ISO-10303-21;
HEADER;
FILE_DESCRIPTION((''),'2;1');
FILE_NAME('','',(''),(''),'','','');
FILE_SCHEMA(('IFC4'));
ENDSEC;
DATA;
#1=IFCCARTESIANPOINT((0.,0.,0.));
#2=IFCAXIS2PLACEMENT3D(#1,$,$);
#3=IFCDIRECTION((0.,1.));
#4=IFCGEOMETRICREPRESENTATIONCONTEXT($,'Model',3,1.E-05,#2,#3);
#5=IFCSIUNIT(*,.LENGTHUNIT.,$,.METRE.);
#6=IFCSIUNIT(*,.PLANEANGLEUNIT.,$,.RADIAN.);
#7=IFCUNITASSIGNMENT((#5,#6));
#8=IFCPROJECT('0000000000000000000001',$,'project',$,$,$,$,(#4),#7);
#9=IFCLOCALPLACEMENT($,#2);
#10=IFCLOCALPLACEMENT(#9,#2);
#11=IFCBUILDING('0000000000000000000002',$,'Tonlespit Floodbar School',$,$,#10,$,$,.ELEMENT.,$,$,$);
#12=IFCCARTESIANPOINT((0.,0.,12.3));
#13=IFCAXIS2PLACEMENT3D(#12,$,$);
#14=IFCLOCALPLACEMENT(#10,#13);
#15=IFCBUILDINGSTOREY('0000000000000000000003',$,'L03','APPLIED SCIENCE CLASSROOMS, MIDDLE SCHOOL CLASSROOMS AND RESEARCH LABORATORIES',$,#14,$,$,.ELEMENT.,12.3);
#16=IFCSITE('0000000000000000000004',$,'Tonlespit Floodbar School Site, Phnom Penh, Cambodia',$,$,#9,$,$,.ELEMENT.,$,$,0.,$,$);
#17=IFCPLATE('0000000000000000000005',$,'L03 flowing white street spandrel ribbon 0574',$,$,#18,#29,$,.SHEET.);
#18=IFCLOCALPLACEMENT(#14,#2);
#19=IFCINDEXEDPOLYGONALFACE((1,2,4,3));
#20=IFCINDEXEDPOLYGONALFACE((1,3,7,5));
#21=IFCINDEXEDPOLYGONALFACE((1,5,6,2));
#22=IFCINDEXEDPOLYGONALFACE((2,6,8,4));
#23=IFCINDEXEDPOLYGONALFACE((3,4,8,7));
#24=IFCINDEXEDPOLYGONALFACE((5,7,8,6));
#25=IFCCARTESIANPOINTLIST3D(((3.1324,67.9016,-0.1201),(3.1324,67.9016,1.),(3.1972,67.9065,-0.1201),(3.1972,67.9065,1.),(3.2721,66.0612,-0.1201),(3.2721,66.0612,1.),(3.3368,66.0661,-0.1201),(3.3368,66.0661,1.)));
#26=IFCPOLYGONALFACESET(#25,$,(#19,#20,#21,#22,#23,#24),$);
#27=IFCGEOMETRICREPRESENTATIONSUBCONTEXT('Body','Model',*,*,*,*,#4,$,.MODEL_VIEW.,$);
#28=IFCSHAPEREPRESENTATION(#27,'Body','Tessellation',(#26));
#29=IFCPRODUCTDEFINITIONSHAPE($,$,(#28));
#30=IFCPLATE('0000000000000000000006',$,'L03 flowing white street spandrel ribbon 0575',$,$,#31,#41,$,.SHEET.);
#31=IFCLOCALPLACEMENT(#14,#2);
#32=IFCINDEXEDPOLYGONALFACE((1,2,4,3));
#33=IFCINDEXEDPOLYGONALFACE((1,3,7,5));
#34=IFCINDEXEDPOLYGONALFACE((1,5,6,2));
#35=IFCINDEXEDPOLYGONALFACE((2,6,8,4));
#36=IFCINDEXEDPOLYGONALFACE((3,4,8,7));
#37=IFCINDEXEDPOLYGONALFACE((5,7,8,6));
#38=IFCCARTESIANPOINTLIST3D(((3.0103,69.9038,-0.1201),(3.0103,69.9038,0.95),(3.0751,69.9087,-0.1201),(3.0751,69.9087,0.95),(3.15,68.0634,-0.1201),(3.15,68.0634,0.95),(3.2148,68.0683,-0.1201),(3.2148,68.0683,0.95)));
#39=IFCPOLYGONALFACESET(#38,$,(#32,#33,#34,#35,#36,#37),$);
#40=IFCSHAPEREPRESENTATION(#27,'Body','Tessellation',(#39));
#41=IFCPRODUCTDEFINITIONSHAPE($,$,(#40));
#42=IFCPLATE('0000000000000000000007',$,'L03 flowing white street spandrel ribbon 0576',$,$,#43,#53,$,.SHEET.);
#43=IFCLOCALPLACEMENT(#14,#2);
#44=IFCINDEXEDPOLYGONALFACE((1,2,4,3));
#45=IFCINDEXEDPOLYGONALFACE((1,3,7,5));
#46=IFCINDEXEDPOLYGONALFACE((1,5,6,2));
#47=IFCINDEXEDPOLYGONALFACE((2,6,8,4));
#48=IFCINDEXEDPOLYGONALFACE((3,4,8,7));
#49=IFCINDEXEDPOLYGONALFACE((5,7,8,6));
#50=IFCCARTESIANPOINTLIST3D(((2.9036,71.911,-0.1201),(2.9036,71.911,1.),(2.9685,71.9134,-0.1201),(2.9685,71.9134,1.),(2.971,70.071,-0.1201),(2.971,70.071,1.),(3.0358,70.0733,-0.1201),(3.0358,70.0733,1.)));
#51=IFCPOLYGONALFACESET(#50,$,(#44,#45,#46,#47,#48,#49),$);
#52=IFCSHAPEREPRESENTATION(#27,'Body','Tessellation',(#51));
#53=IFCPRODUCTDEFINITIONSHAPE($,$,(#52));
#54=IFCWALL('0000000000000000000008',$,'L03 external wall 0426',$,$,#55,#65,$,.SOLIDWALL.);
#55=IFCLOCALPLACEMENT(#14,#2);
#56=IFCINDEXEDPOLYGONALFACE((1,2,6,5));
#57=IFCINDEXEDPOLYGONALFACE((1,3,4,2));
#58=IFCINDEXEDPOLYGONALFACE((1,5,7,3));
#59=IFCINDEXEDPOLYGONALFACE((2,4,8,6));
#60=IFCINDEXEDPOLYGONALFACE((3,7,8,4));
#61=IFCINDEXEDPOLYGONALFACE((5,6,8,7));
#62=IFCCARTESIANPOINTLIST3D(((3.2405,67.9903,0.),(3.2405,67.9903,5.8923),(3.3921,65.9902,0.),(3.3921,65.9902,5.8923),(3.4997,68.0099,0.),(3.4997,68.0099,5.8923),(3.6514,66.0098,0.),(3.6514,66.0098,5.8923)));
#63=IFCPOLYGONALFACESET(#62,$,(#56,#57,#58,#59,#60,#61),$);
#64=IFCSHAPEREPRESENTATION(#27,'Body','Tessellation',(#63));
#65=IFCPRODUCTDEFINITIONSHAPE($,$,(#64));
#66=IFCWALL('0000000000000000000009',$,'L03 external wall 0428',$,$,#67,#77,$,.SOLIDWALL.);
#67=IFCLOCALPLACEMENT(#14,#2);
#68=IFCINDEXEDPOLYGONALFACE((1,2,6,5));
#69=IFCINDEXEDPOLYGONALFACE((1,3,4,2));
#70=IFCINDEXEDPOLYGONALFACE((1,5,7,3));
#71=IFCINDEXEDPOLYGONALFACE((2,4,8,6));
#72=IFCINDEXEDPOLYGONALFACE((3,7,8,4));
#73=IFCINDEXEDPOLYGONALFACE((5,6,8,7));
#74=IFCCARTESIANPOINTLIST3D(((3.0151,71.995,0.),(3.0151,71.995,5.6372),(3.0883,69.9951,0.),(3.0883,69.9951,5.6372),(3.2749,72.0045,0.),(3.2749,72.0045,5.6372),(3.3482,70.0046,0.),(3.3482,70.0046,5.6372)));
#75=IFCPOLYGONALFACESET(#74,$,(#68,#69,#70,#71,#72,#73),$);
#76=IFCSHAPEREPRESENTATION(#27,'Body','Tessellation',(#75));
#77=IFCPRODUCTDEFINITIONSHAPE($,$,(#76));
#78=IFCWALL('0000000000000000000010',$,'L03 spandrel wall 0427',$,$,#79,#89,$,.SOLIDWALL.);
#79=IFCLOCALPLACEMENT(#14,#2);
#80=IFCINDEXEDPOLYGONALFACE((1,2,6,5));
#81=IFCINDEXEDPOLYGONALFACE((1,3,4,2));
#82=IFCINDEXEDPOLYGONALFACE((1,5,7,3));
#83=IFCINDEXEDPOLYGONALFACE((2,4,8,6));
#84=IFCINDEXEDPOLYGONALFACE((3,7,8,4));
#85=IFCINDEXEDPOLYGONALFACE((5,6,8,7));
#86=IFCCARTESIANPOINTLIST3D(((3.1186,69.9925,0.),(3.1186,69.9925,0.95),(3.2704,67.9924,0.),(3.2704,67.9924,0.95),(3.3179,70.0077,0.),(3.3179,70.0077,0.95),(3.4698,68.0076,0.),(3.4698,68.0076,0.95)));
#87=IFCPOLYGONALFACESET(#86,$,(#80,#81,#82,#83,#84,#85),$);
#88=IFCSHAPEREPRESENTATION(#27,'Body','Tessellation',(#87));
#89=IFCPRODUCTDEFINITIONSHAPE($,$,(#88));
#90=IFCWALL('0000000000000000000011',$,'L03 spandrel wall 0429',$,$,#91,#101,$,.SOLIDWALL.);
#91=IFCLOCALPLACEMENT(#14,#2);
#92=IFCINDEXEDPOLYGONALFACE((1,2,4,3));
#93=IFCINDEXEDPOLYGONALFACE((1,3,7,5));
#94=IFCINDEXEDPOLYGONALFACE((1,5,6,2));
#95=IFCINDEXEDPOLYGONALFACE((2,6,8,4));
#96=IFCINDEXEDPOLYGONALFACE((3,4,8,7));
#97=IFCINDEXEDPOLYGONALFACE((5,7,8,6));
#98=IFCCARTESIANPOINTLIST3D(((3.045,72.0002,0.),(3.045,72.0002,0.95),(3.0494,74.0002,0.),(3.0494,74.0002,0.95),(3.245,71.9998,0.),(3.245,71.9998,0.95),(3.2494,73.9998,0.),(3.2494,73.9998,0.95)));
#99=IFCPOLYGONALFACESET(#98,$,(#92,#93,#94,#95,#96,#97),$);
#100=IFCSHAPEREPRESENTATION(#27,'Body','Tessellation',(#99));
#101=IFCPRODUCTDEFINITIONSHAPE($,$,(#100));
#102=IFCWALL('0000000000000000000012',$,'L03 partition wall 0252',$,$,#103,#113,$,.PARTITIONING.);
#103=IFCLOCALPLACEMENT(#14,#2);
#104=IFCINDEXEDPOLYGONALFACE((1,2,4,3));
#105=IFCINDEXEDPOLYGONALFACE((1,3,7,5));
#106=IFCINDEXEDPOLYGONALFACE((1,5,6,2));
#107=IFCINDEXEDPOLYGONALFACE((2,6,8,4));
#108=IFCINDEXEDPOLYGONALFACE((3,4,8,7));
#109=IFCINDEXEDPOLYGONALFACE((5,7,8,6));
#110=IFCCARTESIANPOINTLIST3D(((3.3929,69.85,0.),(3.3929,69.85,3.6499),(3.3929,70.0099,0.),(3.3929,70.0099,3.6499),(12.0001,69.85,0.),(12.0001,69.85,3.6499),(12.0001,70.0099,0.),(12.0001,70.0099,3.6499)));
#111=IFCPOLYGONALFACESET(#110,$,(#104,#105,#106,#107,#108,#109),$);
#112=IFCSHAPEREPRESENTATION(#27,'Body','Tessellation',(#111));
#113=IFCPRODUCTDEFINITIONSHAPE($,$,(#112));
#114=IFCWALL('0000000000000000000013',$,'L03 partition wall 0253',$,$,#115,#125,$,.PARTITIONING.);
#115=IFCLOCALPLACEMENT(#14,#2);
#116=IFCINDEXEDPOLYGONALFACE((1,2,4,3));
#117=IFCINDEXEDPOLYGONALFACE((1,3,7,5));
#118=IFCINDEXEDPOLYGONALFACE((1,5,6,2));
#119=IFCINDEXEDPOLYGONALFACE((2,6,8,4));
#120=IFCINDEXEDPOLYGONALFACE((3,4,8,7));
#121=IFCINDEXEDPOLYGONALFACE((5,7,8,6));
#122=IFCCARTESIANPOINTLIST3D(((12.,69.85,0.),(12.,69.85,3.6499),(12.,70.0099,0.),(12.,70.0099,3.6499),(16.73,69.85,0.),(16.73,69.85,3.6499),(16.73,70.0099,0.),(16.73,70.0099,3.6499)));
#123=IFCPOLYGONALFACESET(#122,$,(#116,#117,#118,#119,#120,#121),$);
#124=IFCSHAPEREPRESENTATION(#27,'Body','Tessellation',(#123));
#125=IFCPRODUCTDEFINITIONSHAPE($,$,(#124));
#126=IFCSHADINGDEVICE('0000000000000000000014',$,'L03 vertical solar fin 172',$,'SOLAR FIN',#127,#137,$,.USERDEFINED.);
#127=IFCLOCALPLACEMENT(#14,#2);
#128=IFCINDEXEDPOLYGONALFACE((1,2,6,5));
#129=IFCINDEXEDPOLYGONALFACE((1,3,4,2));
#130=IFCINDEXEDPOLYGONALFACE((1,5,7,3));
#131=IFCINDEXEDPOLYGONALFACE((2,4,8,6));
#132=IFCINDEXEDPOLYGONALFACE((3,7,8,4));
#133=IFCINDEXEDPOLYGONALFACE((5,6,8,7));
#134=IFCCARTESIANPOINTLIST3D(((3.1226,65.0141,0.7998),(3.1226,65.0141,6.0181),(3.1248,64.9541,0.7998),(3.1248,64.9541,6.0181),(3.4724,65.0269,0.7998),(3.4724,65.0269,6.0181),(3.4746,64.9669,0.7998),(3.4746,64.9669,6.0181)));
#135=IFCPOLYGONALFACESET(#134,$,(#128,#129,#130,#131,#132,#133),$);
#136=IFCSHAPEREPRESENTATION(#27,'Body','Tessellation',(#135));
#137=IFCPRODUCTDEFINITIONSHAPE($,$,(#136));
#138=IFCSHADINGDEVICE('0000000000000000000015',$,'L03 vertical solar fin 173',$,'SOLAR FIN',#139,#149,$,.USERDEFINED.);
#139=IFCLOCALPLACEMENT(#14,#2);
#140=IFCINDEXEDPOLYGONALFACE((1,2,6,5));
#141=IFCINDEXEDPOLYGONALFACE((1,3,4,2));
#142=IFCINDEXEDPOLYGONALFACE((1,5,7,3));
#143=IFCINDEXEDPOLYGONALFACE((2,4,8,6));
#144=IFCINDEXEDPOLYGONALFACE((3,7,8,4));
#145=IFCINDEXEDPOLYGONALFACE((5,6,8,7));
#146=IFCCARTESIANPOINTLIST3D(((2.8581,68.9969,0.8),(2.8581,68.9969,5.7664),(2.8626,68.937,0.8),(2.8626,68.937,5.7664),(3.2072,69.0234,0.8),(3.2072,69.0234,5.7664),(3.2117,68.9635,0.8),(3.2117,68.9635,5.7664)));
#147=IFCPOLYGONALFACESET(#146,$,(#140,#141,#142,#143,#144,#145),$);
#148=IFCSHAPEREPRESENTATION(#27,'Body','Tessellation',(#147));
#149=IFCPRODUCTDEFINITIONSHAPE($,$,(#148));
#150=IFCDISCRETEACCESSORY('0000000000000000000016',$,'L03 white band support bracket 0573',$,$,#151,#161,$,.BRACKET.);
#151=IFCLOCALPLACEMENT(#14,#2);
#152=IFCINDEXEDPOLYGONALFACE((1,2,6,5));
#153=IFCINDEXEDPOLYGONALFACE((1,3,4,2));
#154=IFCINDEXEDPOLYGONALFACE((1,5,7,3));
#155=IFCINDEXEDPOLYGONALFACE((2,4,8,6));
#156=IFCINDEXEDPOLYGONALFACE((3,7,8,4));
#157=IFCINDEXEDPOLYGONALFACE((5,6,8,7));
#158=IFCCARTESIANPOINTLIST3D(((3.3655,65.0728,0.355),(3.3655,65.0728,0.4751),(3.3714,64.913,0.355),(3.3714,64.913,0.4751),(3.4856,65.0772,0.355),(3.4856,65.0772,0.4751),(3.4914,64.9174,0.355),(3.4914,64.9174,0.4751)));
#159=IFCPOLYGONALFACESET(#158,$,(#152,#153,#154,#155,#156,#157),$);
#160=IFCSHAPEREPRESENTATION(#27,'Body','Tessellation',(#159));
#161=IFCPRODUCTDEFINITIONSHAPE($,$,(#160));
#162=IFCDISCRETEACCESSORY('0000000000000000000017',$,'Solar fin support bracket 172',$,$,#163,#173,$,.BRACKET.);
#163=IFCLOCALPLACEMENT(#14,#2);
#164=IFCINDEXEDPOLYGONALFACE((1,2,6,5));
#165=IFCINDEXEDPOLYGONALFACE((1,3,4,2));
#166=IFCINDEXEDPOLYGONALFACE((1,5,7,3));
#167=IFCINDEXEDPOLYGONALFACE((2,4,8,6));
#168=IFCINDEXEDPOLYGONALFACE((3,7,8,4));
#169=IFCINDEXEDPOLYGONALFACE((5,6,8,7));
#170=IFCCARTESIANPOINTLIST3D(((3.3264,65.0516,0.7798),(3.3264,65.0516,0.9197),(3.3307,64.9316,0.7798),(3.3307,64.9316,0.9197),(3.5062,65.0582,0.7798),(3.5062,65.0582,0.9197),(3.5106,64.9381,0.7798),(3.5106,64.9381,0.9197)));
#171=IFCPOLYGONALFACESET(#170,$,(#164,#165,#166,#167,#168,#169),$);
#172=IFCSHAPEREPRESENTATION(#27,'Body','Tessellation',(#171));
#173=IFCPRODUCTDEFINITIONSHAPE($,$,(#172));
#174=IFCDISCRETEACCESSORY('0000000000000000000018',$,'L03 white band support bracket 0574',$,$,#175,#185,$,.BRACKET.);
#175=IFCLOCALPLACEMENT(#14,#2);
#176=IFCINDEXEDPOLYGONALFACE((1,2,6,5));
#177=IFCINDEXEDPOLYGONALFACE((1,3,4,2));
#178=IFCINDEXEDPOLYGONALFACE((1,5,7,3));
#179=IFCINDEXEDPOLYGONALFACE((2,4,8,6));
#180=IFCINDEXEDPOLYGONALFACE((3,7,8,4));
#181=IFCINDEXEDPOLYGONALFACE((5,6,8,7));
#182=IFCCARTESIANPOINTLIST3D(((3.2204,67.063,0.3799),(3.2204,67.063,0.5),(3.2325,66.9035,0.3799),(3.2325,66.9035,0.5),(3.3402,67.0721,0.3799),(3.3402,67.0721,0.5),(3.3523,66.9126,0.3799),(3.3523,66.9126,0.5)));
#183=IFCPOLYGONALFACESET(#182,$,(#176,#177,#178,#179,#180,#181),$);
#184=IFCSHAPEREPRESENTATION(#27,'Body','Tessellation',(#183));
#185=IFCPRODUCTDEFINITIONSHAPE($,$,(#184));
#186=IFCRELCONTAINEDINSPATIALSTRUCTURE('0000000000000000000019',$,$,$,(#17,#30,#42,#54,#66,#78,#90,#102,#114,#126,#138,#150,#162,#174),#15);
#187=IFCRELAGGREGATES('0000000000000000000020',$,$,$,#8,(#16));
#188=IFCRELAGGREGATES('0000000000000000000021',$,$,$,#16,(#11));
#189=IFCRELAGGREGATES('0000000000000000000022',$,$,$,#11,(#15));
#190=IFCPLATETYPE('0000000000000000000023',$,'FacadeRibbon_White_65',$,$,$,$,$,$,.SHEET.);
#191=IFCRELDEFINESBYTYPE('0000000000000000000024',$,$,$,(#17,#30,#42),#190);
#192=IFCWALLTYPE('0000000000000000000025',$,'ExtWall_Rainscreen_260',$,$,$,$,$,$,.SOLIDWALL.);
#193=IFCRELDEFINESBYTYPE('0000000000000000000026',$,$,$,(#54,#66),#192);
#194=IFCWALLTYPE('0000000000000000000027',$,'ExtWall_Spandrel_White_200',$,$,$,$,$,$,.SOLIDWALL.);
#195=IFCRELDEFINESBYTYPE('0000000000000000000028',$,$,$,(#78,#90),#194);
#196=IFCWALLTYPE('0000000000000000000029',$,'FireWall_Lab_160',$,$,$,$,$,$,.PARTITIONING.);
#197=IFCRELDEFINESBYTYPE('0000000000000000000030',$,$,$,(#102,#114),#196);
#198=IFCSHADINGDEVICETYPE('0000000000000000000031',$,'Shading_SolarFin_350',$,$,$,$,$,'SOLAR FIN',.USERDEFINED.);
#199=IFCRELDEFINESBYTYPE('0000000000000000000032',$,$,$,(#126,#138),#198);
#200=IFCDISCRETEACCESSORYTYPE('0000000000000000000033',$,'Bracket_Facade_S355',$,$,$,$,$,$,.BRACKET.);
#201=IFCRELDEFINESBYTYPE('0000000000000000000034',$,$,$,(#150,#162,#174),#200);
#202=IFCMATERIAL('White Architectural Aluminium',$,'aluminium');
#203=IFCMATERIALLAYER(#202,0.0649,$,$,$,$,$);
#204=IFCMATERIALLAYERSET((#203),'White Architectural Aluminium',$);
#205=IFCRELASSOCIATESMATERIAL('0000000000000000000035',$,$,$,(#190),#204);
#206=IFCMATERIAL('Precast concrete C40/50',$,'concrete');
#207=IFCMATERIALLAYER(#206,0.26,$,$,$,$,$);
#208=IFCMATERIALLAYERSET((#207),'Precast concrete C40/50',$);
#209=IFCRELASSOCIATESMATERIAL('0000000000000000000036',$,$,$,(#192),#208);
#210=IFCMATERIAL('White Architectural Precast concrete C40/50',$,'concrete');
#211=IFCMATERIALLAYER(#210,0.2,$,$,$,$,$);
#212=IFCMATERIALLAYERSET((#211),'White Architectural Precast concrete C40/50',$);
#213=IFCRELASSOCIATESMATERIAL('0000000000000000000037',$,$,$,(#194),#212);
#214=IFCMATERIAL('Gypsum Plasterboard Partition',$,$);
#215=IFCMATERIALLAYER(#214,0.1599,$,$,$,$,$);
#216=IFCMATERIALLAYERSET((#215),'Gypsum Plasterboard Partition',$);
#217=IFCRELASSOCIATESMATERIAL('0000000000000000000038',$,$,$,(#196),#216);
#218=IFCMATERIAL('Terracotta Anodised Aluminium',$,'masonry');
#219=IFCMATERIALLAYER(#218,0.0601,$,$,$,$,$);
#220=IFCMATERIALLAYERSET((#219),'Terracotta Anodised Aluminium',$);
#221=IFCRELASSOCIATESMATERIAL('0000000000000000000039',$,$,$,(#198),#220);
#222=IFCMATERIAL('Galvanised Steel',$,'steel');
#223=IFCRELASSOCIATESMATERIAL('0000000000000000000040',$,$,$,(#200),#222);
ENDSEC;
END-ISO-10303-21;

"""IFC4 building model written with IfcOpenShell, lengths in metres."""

from ifc_helpers import new_model, si_unit, direction, frame, frame_2d, origin, origin_2d, place, context, subcontext, project, spatial, rectangle, extrude, material, layer, layer_set, type_object, element, save


model = new_model("IFC4")

# Units and contexts
model_context = context("Model", 3, precision=1e-05, world=origin(), true_north=direction((0.0, 1.0)))
body_context = subcontext(model_context, "Body", "Model", "MODEL_VIEW")
ifc_project = project(units=[si_unit("LENGTHUNIT", "METRE"), si_unit("PLANEANGLEUNIT", "RADIAN")], contexts=[model_context])

# Site, building, storey
site_placement = place(None, origin())
site = spatial("IfcSite", under=ifc_project, at=site_placement, Name="Tonlespit Floodbar School Site, Phnom Penh, Cambodia", CompositionType="ELEMENT", RefElevation=0.0)
building_placement = place(site_placement, origin())
building = spatial("IfcBuilding", under=site, at=building_placement, Name="Tonlespit Floodbar School", CompositionType="ELEMENT")
storey_placement = place(building_placement, frame((0.0, 0.0, 12.3)))
storey = spatial("IfcBuildingStorey", under=building, at=storey_placement, Name="L03", Description="APPLIED SCIENCE CLASSROOMS, MIDDLE SCHOOL CLASSROOMS AND RESEARCH LABORATORIES", CompositionType="ELEMENT", Elevation=12.3)

# Plates
ifc_material_1 = material(Name="White Architectural Aluminium", Category="aluminium")
ifc_layer_1 = layer(ifc_material_1, 0.0649)
ifc_layer_set_1 = layer_set([ifc_layer_1], Name="White Architectural Aluminium")
plate_type_1 = type_object("IfcPlateType", Name="FacadeRibbon_White_65", PredefinedType="SHEET", material=ifc_layer_set_1)
plate_1_placement = place(storey_placement, frame((3.2346, 66.9839, -0.1201), z_axis=(0.0, 0.0, 1.0), x_axis=(-0.075682, 0.997132, 0.0)))
element("IfcPlate", 1, at=plate_1_placement, inside=storey, type_object=plate_type_1, Name="L03 flowing white street spandrel ribbon 0574", PredefinedType="SHEET", context=body_context, shape_type="SweptSolid", body=[
    extrude(rectangle(XDim=1.8457, YDim=0.0649, at=origin_2d()), origin(), (0.0, 0.0, 1.0), 1.1201),
])
plate_2_placement = place(storey_placement, frame((3.1125, 68.9861, -0.1201), z_axis=(0.0, 0.0, 1.0), x_axis=(-0.075682, 0.997132, 0.0)))
element("IfcPlate", 2, at=plate_2_placement, inside=storey, type_object=plate_type_1, Name="L03 flowing white street spandrel ribbon 0575", PredefinedType="SHEET", context=body_context, shape_type="SweptSolid", body=[
    extrude(rectangle(XDim=1.8457, YDim=0.0649, at=origin_2d()), origin(), (0.0, 0.0, 1.0), 1.0701),
])
plate_3_placement = place(storey_placement, frame((2.9697, 70.9922, -0.1201), z_axis=(0.0, 0.0, 1.0), x_axis=(-0.036576, 0.999331, 0.0)))
element("IfcPlate", 3, at=plate_3_placement, inside=storey, type_object=plate_type_1, Name="L03 flowing white street spandrel ribbon 0576", PredefinedType="SHEET", context=body_context, shape_type="SweptSolid", body=[
    extrude(rectangle(XDim=1.8413, YDim=0.0649, at=origin_2d()), origin(), (0.0, 0.0, 1.0), 1.1201),
])

# Walls
ifc_material_2 = material(Name="Precast concrete C40/50", Category="concrete")
ifc_layer_2 = layer(ifc_material_2, 0.26)
ifc_layer_set_2 = layer_set([ifc_layer_2], Name="Precast concrete C40/50")
wall_type_1 = type_object("IfcWallType", Name="ExtWall_Rainscreen_260", PredefinedType="SOLIDWALL", material=ifc_layer_set_2)
wall_1_placement = place(storey_placement, frame((3.5217, 66.0, 0.0), z_axis=(0.0, 0.0, 1.0), x_axis=(-0.075589, 0.997139, 0.0)))
element("IfcWall", 4, at=wall_1_placement, inside=storey, type_object=wall_type_1, Name="L03 external wall 0426", PredefinedType="SOLIDWALL", context=body_context, shape_type="SweptSolid", body=[
    extrude(rectangle(XDim=2.0059, YDim=0.26, at=frame_2d((1.0029, 0.0))), origin(), (0.0, 0.0, 1.0), 5.8923),
])
wall_2_placement = place(storey_placement, frame((3.2183, 70.0, 0.0), z_axis=(0.0, 0.0, 1.0), x_axis=(-0.036597, 0.99933, 0.0)))
element("IfcWall", 5, at=wall_2_placement, inside=storey, type_object=wall_type_1, Name="L03 external wall 0428", PredefinedType="SOLIDWALL", context=body_context, shape_type="SweptSolid", body=[
    extrude(rectangle(XDim=2.0012, YDim=0.26, at=frame_2d((1.0005, 0.0))), origin(), (0.0, 0.0, 1.0), 5.6372),
])
ifc_material_3 = material(Name="White Architectural Precast concrete C40/50", Category="concrete")
ifc_layer_3 = layer(ifc_material_3, 0.2)
ifc_layer_set_3 = layer_set([ifc_layer_3], Name="White Architectural Precast concrete C40/50")
wall_type_2 = type_object("IfcWallType", Name="ExtWall_Spandrel_White_200", PredefinedType="SOLIDWALL", material=ifc_layer_set_3)
wall_3_placement = place(storey_placement, frame((3.3701, 68.0, 0.0), z_axis=(0.0, 0.0, 1.0), x_axis=(-0.07571, 0.99713, 0.0)))
element("IfcWall", 6, at=wall_3_placement, inside=storey, type_object=wall_type_2, Name="L03 spandrel wall 0427", PredefinedType="SOLIDWALL", context=body_context, shape_type="SweptSolid", body=[
    extrude(rectangle(XDim=2.0059, YDim=0.2, at=frame_2d((1.0029, 0.0))), origin(), (0.0, 0.0, 1.0), 0.95),
])
wall_4_placement = place(storey_placement, frame((3.145, 72.0, 0.0), z_axis=(0.0, 0.0, 1.0), x_axis=(0.002197, 0.999998, 0.0)))
element("IfcWall", 7, at=wall_4_placement, inside=storey, type_object=wall_type_2, Name="L03 spandrel wall 0429", PredefinedType="SOLIDWALL", context=body_context, shape_type="SweptSolid", body=[
    extrude(rectangle(XDim=2.0, YDim=0.2, at=frame_2d((1.0, 0.0))), origin(), (0.0, 0.0, 1.0), 0.95),
])
ifc_material_4 = material(Name="Gypsum Plasterboard Partition")
ifc_layer_4 = layer(ifc_material_4, 0.1599)
ifc_layer_set_4 = layer_set([ifc_layer_4], Name="Gypsum Plasterboard Partition")
wall_type_3 = type_object("IfcWallType", Name="FireWall_Lab_160", PredefinedType="PARTITIONING", material=ifc_layer_set_4)
wall_5_placement = place(storey_placement, frame((3.3928, 69.9299, 0.0), z_axis=(0.0, 0.0, 1.0), x_axis=(1.0, 0.0, 0.0)))
element("IfcWall", 8, at=wall_5_placement, inside=storey, type_object=wall_type_3, Name="L03 partition wall 0252", PredefinedType="PARTITIONING", context=body_context, shape_type="SweptSolid", body=[
    extrude(rectangle(XDim=8.6072, YDim=0.1599, at=frame_2d((4.3037, 0.0))), origin(), (0.0, 0.0, 1.0), 3.6499),
])
wall_6_placement = place(storey_placement, frame((12.0, 69.9299, 0.0), z_axis=(0.0, 0.0, 1.0), x_axis=(1.0, 0.0, 0.0)))
element("IfcWall", 9, at=wall_6_placement, inside=storey, type_object=wall_type_3, Name="L03 partition wall 0253", PredefinedType="PARTITIONING", context=body_context, shape_type="SweptSolid", body=[
    extrude(rectangle(XDim=4.73, YDim=0.1599, at=frame_2d((2.365, 0.0))), origin(), (0.0, 0.0, 1.0), 3.6499),
])

# Shading devices
ifc_material_5 = material(Name="Terracotta Anodised Aluminium", Category="masonry")
ifc_layer_5 = layer(ifc_material_5, 0.0601)
ifc_layer_set_5 = layer_set([ifc_layer_5], Name="Terracotta Anodised Aluminium")
shading_device_type = type_object("IfcShadingDeviceType", Name="Shading_SolarFin_350", ElementType="SOLAR FIN", PredefinedType="USERDEFINED", material=ifc_layer_set_5)
shading_device_1_placement = place(storey_placement, frame((3.2986, 64.9905, 0.7998), z_axis=(0.0, 0.0, 1.0), x_axis=(-0.036576, 0.999331, 0.0)))
element("IfcShadingDevice", 10, at=shading_device_1_placement, inside=storey, type_object=shading_device_type, Name="L03 vertical solar fin 172", ObjectType="SOLAR FIN", PredefinedType="USERDEFINED", context=body_context, shape_type="SweptSolid", body=[
    extrude(rectangle(XDim=0.0601, YDim=0.3501, at=origin_2d()), origin(), (0.0, 0.0, 1.0), 5.2183),
])
shading_device_2_placement = place(storey_placement, frame((3.0349, 68.9802, 0.8), z_axis=(0.0, 0.0, 1.0), x_axis=(-0.075682, 0.997132, 0.0)))
element("IfcShadingDevice", 11, at=shading_device_2_placement, inside=storey, type_object=shading_device_type, Name="L03 vertical solar fin 173", ObjectType="SOLAR FIN", PredefinedType="USERDEFINED", context=body_context, shape_type="SweptSolid", body=[
    extrude(rectangle(XDim=0.0601, YDim=0.3501, at=origin_2d()), origin(), (0.0, 0.0, 1.0), 4.9663),
])

# Discrete accessories
ifc_material_6 = material(Name="Galvanised Steel", Category="steel")
discrete_accessory_type = type_object("IfcDiscreteAccessoryType", Name="Bracket_Facade_S355", PredefinedType="BRACKET", material=ifc_material_6)
discrete_accessory_1_placement = place(storey_placement, frame((3.4285, 64.9951, 0.355), z_axis=(0.0, 0.0, 1.0), x_axis=(-0.036576, 0.999331, 0.0)))
element("IfcDiscreteAccessory", 12, at=discrete_accessory_1_placement, inside=storey, type_object=discrete_accessory_type, Name="L03 white band support bracket 0573", PredefinedType="BRACKET", context=body_context, shape_type="SweptSolid", body=[
    extrude(rectangle(XDim=0.1599, YDim=0.1201, at=origin_2d()), origin(), (0.0, 0.0, 1.0), 0.1201),
])
discrete_accessory_2_placement = place(storey_placement, frame((3.4185, 64.9949, 0.7798), z_axis=(0.0, 0.0, 1.0), x_axis=(-0.036576, 0.999331, 0.0)))
element("IfcDiscreteAccessory", 13, at=discrete_accessory_2_placement, inside=storey, type_object=discrete_accessory_type, Name="Solar fin support bracket 172", PredefinedType="BRACKET", context=body_context, shape_type="SweptSolid", body=[
    extrude(rectangle(XDim=0.1201, YDim=0.1799, at=origin_2d()), origin(), (0.0, 0.0, 1.0), 0.1399),
])
for number, where, z_axis, x_axis, name in (
    (14, (3.2864, 66.9878, 0.3799), (0.0, 0.0, 1.0), (-0.075682, 0.997132, 0.0), "L03 white band support bracket 0574"),
):
    element("IfcDiscreteAccessory", number, at=place(storey_placement, frame(where, z_axis=z_axis, x_axis=x_axis)), inside=storey, type_object=discrete_accessory_type, Name=name, PredefinedType="BRACKET", context=body_context, shape_type="SweptSolid", body=[
        extrude(rectangle(XDim=0.1599, YDim=0.1201, at=origin_2d()), origin(), (0.0, 0.0, 1.0), 0.1201),
    ])

save(model, "model.ifc")
